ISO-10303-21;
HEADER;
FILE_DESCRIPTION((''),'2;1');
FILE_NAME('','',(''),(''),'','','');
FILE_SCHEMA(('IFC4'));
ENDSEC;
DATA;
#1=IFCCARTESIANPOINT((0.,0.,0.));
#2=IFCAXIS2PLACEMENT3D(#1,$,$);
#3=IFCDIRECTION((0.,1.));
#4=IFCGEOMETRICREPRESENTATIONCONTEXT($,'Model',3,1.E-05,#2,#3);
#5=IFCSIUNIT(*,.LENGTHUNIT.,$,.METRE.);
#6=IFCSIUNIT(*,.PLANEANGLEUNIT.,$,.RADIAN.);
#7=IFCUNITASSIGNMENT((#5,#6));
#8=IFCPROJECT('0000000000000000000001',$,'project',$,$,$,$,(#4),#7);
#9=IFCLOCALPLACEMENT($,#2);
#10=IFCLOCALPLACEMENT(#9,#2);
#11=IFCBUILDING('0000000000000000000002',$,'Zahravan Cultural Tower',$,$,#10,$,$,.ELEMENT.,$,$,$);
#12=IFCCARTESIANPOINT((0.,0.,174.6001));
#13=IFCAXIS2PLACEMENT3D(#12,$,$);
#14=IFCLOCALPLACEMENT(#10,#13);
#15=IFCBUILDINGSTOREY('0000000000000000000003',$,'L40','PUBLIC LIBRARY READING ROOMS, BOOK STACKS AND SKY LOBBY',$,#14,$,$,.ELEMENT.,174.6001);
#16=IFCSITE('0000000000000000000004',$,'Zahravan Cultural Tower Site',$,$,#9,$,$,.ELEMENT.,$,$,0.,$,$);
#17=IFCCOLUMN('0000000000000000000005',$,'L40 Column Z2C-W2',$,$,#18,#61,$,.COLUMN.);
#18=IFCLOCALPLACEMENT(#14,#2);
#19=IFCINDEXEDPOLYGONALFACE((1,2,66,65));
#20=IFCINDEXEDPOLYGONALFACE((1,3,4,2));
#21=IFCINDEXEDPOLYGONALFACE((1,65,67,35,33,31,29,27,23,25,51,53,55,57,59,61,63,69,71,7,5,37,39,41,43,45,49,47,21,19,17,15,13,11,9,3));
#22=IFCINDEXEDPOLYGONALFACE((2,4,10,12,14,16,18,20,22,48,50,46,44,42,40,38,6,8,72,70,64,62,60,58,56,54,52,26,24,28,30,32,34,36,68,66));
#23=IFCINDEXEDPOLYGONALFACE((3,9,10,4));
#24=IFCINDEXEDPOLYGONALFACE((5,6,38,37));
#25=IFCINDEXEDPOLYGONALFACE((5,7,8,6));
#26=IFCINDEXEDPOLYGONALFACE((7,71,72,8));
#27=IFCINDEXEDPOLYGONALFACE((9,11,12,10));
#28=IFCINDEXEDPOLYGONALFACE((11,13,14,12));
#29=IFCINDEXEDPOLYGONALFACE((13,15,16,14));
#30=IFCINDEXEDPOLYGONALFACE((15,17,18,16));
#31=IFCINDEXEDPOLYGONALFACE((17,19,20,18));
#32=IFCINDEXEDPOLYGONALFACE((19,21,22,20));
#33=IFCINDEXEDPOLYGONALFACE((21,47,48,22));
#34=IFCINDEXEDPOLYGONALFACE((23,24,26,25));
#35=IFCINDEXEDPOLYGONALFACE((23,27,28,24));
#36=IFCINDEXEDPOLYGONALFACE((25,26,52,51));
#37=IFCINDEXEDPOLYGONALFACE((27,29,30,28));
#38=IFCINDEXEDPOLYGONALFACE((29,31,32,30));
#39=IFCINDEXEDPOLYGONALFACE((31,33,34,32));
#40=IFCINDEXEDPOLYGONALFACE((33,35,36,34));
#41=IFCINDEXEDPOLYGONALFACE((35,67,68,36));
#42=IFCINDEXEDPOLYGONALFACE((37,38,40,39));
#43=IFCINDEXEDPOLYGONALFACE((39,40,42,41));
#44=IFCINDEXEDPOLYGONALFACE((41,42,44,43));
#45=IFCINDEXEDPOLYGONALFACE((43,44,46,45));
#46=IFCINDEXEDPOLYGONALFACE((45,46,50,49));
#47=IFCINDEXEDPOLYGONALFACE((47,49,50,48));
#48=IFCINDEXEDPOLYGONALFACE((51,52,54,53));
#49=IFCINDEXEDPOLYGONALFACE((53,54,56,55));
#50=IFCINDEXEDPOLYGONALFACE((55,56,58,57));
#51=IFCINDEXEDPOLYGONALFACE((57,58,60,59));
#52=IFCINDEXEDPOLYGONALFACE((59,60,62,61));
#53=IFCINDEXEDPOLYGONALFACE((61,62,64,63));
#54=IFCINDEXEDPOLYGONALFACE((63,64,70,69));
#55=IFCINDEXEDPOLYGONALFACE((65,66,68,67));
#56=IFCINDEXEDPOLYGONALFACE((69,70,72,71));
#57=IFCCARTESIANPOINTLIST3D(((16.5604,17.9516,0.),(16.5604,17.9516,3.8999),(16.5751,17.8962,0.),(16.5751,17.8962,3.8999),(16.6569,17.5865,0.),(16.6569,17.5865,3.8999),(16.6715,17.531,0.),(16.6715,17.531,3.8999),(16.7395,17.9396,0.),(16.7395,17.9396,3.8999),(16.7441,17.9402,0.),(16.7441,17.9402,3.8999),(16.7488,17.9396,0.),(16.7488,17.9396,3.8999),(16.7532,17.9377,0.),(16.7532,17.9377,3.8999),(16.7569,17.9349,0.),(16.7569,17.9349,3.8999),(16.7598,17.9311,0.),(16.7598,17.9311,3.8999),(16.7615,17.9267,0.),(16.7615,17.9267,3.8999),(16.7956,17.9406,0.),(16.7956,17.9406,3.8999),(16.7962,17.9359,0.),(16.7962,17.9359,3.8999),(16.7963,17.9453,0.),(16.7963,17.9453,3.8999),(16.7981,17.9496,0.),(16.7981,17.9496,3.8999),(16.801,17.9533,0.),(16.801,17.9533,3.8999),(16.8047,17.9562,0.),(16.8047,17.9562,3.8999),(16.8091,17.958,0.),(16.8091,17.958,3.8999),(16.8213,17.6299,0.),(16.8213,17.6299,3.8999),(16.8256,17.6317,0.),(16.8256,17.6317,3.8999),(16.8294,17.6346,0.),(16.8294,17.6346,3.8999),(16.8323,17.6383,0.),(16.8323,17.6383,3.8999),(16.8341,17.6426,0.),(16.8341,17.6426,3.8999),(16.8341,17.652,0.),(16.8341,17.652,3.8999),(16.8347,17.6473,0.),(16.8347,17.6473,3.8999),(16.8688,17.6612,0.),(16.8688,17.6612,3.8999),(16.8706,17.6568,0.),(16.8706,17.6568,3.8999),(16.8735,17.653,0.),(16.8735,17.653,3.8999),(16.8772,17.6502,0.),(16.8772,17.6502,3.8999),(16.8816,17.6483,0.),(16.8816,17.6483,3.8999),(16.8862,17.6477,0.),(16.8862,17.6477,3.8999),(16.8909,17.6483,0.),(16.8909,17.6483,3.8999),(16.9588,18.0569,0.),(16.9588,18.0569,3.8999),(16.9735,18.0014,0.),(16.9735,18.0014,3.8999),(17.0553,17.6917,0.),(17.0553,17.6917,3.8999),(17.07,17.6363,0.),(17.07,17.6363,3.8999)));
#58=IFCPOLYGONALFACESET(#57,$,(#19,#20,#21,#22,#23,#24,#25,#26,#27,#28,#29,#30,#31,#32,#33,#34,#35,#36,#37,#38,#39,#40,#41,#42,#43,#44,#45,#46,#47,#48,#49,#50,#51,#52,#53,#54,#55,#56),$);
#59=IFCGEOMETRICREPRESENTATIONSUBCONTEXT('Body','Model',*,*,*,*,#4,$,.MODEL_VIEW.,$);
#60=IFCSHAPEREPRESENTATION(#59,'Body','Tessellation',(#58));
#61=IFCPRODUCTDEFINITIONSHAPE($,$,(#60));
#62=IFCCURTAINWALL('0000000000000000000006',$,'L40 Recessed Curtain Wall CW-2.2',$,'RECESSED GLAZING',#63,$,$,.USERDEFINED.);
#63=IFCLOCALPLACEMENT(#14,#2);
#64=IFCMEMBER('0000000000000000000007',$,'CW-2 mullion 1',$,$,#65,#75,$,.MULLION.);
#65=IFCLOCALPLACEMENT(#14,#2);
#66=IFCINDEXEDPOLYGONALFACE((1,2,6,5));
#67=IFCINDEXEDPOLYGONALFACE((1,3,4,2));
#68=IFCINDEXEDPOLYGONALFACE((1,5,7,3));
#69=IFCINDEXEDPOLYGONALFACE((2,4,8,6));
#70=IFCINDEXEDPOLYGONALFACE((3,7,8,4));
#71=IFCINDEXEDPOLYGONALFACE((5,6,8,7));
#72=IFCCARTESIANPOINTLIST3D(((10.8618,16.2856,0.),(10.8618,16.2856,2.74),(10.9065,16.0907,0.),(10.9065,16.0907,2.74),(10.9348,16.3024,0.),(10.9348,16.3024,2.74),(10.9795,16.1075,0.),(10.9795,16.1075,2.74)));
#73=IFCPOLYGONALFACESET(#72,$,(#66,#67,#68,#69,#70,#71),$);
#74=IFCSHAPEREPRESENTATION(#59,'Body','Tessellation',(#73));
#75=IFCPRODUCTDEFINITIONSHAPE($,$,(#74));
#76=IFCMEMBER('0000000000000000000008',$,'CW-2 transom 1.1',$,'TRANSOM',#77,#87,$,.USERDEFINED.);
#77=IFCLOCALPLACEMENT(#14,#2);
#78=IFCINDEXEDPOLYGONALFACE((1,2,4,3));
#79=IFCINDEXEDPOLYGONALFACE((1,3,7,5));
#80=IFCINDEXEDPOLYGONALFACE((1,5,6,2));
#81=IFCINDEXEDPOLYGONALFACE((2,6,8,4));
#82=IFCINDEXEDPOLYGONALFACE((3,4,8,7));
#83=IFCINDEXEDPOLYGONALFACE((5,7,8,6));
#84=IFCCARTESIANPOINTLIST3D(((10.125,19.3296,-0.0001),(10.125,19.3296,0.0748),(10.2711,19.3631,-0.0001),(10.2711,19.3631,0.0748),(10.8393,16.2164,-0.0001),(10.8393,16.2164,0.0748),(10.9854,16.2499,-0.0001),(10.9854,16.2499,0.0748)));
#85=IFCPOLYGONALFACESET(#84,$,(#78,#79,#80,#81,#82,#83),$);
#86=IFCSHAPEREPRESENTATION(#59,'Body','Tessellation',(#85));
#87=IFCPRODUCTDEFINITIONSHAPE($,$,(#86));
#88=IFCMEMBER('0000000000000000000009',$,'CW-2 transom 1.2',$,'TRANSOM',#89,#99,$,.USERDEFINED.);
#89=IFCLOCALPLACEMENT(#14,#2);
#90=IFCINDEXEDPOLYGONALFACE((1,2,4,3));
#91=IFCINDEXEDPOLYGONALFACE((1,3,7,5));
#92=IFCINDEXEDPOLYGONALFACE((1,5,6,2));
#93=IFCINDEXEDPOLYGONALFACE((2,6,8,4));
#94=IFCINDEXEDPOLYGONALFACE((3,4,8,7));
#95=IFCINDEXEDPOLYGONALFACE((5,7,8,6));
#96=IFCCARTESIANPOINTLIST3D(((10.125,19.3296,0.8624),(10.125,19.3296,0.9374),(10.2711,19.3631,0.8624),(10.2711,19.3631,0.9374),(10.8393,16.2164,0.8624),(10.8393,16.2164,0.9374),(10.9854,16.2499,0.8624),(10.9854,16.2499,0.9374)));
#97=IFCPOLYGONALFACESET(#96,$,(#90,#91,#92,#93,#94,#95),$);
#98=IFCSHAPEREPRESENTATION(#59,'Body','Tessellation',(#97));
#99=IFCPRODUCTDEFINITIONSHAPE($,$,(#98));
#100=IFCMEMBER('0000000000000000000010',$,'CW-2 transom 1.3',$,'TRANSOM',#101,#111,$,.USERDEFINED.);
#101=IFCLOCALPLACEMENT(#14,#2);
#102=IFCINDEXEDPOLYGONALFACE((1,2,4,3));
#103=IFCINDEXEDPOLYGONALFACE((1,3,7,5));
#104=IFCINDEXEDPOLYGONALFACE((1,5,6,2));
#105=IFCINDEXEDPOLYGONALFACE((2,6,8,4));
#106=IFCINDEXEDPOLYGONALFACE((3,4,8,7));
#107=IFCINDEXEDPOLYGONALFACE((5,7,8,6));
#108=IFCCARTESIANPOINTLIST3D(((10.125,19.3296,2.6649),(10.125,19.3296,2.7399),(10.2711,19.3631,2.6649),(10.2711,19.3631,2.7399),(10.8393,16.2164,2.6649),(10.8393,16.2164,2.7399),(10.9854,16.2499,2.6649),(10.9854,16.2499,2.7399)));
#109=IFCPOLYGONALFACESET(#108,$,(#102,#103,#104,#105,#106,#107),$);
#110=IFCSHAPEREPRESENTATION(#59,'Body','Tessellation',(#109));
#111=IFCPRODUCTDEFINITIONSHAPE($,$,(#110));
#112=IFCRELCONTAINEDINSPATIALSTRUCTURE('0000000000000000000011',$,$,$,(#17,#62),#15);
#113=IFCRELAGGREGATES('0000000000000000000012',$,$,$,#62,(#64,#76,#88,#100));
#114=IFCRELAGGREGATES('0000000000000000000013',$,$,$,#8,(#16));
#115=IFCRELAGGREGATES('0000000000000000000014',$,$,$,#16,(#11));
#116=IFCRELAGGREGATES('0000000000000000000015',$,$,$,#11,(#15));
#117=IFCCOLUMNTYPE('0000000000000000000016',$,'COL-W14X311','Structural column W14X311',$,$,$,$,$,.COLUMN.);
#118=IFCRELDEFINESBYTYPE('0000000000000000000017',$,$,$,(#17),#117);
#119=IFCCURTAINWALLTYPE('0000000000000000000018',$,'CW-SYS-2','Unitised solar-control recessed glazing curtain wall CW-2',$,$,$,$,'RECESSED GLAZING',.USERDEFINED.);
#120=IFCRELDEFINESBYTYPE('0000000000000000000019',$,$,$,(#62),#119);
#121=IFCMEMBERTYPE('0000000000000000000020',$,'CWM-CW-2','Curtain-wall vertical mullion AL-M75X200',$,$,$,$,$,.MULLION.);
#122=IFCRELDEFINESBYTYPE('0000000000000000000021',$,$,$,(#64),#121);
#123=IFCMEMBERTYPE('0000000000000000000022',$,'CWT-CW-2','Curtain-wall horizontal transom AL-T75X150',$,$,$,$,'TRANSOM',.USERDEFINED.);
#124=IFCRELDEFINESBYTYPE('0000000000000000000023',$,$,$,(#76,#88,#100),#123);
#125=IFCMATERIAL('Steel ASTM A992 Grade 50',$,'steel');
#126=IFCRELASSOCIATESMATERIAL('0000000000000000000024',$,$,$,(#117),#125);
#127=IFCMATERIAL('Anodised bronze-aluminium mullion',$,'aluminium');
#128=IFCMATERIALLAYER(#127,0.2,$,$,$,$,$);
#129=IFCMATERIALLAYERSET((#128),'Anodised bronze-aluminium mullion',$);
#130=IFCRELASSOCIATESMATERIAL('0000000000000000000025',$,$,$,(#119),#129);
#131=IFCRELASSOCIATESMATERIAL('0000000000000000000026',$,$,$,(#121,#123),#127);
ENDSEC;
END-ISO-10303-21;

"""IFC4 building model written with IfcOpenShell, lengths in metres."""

from ifc_helpers import new_model, si_unit, direction, frame, origin, origin_2d, place, context, subcontext, project, spatial, rectangle, i_section, extrude, source, transform, mapped, material, layer, layer_set, material_profile, profile_set, type_object, element, aggregate, save


model = new_model("IFC4")

# Units and contexts
model_context = context("Model", 3, precision=1e-05, world=origin(), true_north=direction((0.0, 1.0)))
body_context = subcontext(model_context, "Body", "Model", "MODEL_VIEW")
ifc_project = project(units=[si_unit("LENGTHUNIT", "METRE"), si_unit("PLANEANGLEUNIT", "RADIAN")], contexts=[model_context])

# Site, building, storey
site_placement = place(None, origin())
site = spatial("IfcSite", under=ifc_project, at=site_placement, Name="Zahravan Cultural Tower Site", CompositionType="ELEMENT", RefElevation=0.0)
building_placement = place(site_placement, origin())
building = spatial("IfcBuilding", under=site, at=building_placement, Name="Zahravan Cultural Tower", CompositionType="ELEMENT")
storey_placement = place(building_placement, frame((0.0, 0.0, 174.6001)))
storey = spatial("IfcBuildingStorey", under=building, at=storey_placement, Name="L40", Description="PUBLIC LIBRARY READING ROOMS, BOOK STACKS AND SKY LOBBY", CompositionType="ELEMENT", Elevation=174.6001)

# Column
ifc_material_1 = material(Name="Steel ASTM A992 Grade 50", Category="steel")
ifc_material_profile_1 = material_profile(ifc_material_1, i_section(OverallWidth=0.4121, OverallDepth=0.4351, WebThickness=0.0359, FlangeThickness=0.0574, FilletRadius=0.0181, at=origin_2d()), Name="W14X311")
ifc_profile_set_1 = profile_set([ifc_material_profile_1], Name="Steel ASTM A992 Grade 50")
column_type = type_object("IfcColumnType", Name="COL-W14X311", Description="Structural column W14X311", PredefinedType="COLUMN", material=ifc_profile_set_1)
shared_shape_1 = source(origin(), body_context, "Body", "SweptSolid", [
    extrude(i_section(OverallWidth=0.4121, OverallDepth=0.4351, WebThickness=0.0359, FlangeThickness=0.0574, FilletRadius=0.0181, at=origin_2d()), origin(), (0.0, 0.0, 1.0), 3.8999),
])
column_placement = place(storey_placement, frame((16.8152, 17.7939, 0.0), z_axis=(0.0, 0.0, 1.0), x_axis=(0.966823, 0.255446, 0.0)))
element("IfcColumn", 1, at=column_placement, inside=storey, type_object=column_type, Name="L40 Column Z2C-W2", PredefinedType="COLUMN", context=body_context, shape_type="MappedRepresentation", body=[
    mapped(shared_shape_1, transform((0.0, 0.0, 0.0), x_axis=(1.0, 0.0, 0.0), y_axis=(0.0, 1.0, 0.0), z_axis=(0.0, 0.0, 1.0), scale=1.0)),
])

# Curtain wall, members
ifc_material_2 = material(Name="Anodised bronze-aluminium mullion", Category="aluminium")
ifc_layer_1 = layer(ifc_material_2, 0.2)
ifc_layer_set_1 = layer_set([ifc_layer_1], Name="Anodised bronze-aluminium mullion")
curtain_wall_type = type_object("IfcCurtainWallType", Name="CW-SYS-2", Description="Unitised solar-control recessed glazing curtain wall CW-2", ElementType="RECESSED GLAZING", PredefinedType="USERDEFINED", material=ifc_layer_set_1)
curtain_wall_placement = place(storey_placement, origin())
curtain_wall = element("IfcCurtainWall", 2, at=curtain_wall_placement, inside=storey, type_object=curtain_wall_type, Name="L40 Recessed Curtain Wall CW-2.2", ObjectType="RECESSED GLAZING", PredefinedType="USERDEFINED")
ifc_material_profile_2 = material_profile(ifc_material_2, rectangle(XDim=0.075, YDim=0.2, at=origin_2d()), Name="AL-M75X200")
ifc_profile_set_2 = profile_set([ifc_material_profile_2], Name="Anodised bronze-aluminium mullion")
member_type_1 = type_object("IfcMemberType", Name="CWM-CW-2", Description="Curtain-wall vertical mullion AL-M75X200", PredefinedType="MULLION", material=ifc_profile_set_2)
shared_shape_2 = source(origin(), body_context, "Body", "SweptSolid", [
    extrude(rectangle(XDim=0.075, YDim=0.2, at=origin_2d()), origin(), (0.0, 0.0, 1.0), 2.74),
])
member_1_placement = place(storey_placement, frame((10.9207, 16.1965, 0.0), z_axis=(0.0, 0.0, 1.0), x_axis=(-0.974681, -0.2236, 0.0)))
member_1 = element("IfcMember", 3, at=member_1_placement, type_object=member_type_1, Name="CW-2 mullion 1", PredefinedType="MULLION", context=body_context, shape_type="MappedRepresentation", body=[
    mapped(shared_shape_2, transform((0.0, 0.0, 0.0), x_axis=(1.0, 0.0, 0.0), y_axis=(0.0, 1.0, 0.0), z_axis=(0.0, 0.0, 1.0), scale=1.0)),
])
ifc_material_profile_3 = material_profile(ifc_material_2, rectangle(XDim=0.1499, YDim=0.075, at=origin_2d()), Name="AL-T75X150")
ifc_profile_set_3 = profile_set([ifc_material_profile_3], Name="Anodised bronze-aluminium mullion")
member_type_2 = type_object("IfcMemberType", Name="CWT-CW-2", Description="Curtain-wall horizontal transom AL-T75X150", ElementType="TRANSOM", PredefinedType="USERDEFINED", material=ifc_profile_set_3)
shared_shape_3 = source(origin(), body_context, "Body", "SweptSolid", [
    extrude(rectangle(XDim=0.1499, YDim=0.075, at=origin_2d()), origin(), (0.0, 0.0, 1.0), 3.1941),
])
member_2_placement = place(storey_placement, frame((10.9124, 16.2332, 0.0374), z_axis=(-0.223642, 0.974671, 0.0), x_axis=(-0.974671, -0.223642, 0.0)))
member_2 = element("IfcMember", 4, at=member_2_placement, type_object=member_type_2, Name="CW-2 transom 1.1", ObjectType="TRANSOM", PredefinedType="USERDEFINED", context=body_context, shape_type="MappedRepresentation", body=[
    mapped(shared_shape_3, transform((0.0, 0.0, 0.0), x_axis=(1.0, 0.0, 0.0), y_axis=(0.0, 1.0, 0.0), z_axis=(0.0, 0.0, 1.0), scale=1.0)),
])
member_3_placement = place(storey_placement, frame((10.9124, 16.2332, 0.8999), z_axis=(-0.223642, 0.974671, 0.0), x_axis=(-0.974671, -0.223642, 0.0)))
member_3 = element("IfcMember", 5, at=member_3_placement, type_object=member_type_2, Name="CW-2 transom 1.2", ObjectType="TRANSOM", PredefinedType="USERDEFINED", context=body_context, shape_type="MappedRepresentation", body=[
    mapped(shared_shape_3, transform((0.0, 0.0, 0.0), x_axis=(1.0, 0.0, 0.0), y_axis=(0.0, 1.0, 0.0), z_axis=(0.0, 0.0, 1.0), scale=1.0)),
])
member_4_placement = place(storey_placement, frame((10.9124, 16.2332, 2.7024), z_axis=(-0.223642, 0.974671, 0.0), x_axis=(-0.974671, -0.223642, 0.0)))
member_4 = element("IfcMember", 6, at=member_4_placement, type_object=member_type_2, Name="CW-2 transom 1.3", ObjectType="TRANSOM", PredefinedType="USERDEFINED", context=body_context, shape_type="MappedRepresentation", body=[
    mapped(shared_shape_3, transform((0.0, 0.0, 0.0), x_axis=(1.0, 0.0, 0.0), y_axis=(0.0, 1.0, 0.0), z_axis=(0.0, 0.0, 1.0), scale=1.0)),
])

aggregate(curtain_wall, [member_1, member_2, member_3, member_4])

save(model, "model.ifc")
